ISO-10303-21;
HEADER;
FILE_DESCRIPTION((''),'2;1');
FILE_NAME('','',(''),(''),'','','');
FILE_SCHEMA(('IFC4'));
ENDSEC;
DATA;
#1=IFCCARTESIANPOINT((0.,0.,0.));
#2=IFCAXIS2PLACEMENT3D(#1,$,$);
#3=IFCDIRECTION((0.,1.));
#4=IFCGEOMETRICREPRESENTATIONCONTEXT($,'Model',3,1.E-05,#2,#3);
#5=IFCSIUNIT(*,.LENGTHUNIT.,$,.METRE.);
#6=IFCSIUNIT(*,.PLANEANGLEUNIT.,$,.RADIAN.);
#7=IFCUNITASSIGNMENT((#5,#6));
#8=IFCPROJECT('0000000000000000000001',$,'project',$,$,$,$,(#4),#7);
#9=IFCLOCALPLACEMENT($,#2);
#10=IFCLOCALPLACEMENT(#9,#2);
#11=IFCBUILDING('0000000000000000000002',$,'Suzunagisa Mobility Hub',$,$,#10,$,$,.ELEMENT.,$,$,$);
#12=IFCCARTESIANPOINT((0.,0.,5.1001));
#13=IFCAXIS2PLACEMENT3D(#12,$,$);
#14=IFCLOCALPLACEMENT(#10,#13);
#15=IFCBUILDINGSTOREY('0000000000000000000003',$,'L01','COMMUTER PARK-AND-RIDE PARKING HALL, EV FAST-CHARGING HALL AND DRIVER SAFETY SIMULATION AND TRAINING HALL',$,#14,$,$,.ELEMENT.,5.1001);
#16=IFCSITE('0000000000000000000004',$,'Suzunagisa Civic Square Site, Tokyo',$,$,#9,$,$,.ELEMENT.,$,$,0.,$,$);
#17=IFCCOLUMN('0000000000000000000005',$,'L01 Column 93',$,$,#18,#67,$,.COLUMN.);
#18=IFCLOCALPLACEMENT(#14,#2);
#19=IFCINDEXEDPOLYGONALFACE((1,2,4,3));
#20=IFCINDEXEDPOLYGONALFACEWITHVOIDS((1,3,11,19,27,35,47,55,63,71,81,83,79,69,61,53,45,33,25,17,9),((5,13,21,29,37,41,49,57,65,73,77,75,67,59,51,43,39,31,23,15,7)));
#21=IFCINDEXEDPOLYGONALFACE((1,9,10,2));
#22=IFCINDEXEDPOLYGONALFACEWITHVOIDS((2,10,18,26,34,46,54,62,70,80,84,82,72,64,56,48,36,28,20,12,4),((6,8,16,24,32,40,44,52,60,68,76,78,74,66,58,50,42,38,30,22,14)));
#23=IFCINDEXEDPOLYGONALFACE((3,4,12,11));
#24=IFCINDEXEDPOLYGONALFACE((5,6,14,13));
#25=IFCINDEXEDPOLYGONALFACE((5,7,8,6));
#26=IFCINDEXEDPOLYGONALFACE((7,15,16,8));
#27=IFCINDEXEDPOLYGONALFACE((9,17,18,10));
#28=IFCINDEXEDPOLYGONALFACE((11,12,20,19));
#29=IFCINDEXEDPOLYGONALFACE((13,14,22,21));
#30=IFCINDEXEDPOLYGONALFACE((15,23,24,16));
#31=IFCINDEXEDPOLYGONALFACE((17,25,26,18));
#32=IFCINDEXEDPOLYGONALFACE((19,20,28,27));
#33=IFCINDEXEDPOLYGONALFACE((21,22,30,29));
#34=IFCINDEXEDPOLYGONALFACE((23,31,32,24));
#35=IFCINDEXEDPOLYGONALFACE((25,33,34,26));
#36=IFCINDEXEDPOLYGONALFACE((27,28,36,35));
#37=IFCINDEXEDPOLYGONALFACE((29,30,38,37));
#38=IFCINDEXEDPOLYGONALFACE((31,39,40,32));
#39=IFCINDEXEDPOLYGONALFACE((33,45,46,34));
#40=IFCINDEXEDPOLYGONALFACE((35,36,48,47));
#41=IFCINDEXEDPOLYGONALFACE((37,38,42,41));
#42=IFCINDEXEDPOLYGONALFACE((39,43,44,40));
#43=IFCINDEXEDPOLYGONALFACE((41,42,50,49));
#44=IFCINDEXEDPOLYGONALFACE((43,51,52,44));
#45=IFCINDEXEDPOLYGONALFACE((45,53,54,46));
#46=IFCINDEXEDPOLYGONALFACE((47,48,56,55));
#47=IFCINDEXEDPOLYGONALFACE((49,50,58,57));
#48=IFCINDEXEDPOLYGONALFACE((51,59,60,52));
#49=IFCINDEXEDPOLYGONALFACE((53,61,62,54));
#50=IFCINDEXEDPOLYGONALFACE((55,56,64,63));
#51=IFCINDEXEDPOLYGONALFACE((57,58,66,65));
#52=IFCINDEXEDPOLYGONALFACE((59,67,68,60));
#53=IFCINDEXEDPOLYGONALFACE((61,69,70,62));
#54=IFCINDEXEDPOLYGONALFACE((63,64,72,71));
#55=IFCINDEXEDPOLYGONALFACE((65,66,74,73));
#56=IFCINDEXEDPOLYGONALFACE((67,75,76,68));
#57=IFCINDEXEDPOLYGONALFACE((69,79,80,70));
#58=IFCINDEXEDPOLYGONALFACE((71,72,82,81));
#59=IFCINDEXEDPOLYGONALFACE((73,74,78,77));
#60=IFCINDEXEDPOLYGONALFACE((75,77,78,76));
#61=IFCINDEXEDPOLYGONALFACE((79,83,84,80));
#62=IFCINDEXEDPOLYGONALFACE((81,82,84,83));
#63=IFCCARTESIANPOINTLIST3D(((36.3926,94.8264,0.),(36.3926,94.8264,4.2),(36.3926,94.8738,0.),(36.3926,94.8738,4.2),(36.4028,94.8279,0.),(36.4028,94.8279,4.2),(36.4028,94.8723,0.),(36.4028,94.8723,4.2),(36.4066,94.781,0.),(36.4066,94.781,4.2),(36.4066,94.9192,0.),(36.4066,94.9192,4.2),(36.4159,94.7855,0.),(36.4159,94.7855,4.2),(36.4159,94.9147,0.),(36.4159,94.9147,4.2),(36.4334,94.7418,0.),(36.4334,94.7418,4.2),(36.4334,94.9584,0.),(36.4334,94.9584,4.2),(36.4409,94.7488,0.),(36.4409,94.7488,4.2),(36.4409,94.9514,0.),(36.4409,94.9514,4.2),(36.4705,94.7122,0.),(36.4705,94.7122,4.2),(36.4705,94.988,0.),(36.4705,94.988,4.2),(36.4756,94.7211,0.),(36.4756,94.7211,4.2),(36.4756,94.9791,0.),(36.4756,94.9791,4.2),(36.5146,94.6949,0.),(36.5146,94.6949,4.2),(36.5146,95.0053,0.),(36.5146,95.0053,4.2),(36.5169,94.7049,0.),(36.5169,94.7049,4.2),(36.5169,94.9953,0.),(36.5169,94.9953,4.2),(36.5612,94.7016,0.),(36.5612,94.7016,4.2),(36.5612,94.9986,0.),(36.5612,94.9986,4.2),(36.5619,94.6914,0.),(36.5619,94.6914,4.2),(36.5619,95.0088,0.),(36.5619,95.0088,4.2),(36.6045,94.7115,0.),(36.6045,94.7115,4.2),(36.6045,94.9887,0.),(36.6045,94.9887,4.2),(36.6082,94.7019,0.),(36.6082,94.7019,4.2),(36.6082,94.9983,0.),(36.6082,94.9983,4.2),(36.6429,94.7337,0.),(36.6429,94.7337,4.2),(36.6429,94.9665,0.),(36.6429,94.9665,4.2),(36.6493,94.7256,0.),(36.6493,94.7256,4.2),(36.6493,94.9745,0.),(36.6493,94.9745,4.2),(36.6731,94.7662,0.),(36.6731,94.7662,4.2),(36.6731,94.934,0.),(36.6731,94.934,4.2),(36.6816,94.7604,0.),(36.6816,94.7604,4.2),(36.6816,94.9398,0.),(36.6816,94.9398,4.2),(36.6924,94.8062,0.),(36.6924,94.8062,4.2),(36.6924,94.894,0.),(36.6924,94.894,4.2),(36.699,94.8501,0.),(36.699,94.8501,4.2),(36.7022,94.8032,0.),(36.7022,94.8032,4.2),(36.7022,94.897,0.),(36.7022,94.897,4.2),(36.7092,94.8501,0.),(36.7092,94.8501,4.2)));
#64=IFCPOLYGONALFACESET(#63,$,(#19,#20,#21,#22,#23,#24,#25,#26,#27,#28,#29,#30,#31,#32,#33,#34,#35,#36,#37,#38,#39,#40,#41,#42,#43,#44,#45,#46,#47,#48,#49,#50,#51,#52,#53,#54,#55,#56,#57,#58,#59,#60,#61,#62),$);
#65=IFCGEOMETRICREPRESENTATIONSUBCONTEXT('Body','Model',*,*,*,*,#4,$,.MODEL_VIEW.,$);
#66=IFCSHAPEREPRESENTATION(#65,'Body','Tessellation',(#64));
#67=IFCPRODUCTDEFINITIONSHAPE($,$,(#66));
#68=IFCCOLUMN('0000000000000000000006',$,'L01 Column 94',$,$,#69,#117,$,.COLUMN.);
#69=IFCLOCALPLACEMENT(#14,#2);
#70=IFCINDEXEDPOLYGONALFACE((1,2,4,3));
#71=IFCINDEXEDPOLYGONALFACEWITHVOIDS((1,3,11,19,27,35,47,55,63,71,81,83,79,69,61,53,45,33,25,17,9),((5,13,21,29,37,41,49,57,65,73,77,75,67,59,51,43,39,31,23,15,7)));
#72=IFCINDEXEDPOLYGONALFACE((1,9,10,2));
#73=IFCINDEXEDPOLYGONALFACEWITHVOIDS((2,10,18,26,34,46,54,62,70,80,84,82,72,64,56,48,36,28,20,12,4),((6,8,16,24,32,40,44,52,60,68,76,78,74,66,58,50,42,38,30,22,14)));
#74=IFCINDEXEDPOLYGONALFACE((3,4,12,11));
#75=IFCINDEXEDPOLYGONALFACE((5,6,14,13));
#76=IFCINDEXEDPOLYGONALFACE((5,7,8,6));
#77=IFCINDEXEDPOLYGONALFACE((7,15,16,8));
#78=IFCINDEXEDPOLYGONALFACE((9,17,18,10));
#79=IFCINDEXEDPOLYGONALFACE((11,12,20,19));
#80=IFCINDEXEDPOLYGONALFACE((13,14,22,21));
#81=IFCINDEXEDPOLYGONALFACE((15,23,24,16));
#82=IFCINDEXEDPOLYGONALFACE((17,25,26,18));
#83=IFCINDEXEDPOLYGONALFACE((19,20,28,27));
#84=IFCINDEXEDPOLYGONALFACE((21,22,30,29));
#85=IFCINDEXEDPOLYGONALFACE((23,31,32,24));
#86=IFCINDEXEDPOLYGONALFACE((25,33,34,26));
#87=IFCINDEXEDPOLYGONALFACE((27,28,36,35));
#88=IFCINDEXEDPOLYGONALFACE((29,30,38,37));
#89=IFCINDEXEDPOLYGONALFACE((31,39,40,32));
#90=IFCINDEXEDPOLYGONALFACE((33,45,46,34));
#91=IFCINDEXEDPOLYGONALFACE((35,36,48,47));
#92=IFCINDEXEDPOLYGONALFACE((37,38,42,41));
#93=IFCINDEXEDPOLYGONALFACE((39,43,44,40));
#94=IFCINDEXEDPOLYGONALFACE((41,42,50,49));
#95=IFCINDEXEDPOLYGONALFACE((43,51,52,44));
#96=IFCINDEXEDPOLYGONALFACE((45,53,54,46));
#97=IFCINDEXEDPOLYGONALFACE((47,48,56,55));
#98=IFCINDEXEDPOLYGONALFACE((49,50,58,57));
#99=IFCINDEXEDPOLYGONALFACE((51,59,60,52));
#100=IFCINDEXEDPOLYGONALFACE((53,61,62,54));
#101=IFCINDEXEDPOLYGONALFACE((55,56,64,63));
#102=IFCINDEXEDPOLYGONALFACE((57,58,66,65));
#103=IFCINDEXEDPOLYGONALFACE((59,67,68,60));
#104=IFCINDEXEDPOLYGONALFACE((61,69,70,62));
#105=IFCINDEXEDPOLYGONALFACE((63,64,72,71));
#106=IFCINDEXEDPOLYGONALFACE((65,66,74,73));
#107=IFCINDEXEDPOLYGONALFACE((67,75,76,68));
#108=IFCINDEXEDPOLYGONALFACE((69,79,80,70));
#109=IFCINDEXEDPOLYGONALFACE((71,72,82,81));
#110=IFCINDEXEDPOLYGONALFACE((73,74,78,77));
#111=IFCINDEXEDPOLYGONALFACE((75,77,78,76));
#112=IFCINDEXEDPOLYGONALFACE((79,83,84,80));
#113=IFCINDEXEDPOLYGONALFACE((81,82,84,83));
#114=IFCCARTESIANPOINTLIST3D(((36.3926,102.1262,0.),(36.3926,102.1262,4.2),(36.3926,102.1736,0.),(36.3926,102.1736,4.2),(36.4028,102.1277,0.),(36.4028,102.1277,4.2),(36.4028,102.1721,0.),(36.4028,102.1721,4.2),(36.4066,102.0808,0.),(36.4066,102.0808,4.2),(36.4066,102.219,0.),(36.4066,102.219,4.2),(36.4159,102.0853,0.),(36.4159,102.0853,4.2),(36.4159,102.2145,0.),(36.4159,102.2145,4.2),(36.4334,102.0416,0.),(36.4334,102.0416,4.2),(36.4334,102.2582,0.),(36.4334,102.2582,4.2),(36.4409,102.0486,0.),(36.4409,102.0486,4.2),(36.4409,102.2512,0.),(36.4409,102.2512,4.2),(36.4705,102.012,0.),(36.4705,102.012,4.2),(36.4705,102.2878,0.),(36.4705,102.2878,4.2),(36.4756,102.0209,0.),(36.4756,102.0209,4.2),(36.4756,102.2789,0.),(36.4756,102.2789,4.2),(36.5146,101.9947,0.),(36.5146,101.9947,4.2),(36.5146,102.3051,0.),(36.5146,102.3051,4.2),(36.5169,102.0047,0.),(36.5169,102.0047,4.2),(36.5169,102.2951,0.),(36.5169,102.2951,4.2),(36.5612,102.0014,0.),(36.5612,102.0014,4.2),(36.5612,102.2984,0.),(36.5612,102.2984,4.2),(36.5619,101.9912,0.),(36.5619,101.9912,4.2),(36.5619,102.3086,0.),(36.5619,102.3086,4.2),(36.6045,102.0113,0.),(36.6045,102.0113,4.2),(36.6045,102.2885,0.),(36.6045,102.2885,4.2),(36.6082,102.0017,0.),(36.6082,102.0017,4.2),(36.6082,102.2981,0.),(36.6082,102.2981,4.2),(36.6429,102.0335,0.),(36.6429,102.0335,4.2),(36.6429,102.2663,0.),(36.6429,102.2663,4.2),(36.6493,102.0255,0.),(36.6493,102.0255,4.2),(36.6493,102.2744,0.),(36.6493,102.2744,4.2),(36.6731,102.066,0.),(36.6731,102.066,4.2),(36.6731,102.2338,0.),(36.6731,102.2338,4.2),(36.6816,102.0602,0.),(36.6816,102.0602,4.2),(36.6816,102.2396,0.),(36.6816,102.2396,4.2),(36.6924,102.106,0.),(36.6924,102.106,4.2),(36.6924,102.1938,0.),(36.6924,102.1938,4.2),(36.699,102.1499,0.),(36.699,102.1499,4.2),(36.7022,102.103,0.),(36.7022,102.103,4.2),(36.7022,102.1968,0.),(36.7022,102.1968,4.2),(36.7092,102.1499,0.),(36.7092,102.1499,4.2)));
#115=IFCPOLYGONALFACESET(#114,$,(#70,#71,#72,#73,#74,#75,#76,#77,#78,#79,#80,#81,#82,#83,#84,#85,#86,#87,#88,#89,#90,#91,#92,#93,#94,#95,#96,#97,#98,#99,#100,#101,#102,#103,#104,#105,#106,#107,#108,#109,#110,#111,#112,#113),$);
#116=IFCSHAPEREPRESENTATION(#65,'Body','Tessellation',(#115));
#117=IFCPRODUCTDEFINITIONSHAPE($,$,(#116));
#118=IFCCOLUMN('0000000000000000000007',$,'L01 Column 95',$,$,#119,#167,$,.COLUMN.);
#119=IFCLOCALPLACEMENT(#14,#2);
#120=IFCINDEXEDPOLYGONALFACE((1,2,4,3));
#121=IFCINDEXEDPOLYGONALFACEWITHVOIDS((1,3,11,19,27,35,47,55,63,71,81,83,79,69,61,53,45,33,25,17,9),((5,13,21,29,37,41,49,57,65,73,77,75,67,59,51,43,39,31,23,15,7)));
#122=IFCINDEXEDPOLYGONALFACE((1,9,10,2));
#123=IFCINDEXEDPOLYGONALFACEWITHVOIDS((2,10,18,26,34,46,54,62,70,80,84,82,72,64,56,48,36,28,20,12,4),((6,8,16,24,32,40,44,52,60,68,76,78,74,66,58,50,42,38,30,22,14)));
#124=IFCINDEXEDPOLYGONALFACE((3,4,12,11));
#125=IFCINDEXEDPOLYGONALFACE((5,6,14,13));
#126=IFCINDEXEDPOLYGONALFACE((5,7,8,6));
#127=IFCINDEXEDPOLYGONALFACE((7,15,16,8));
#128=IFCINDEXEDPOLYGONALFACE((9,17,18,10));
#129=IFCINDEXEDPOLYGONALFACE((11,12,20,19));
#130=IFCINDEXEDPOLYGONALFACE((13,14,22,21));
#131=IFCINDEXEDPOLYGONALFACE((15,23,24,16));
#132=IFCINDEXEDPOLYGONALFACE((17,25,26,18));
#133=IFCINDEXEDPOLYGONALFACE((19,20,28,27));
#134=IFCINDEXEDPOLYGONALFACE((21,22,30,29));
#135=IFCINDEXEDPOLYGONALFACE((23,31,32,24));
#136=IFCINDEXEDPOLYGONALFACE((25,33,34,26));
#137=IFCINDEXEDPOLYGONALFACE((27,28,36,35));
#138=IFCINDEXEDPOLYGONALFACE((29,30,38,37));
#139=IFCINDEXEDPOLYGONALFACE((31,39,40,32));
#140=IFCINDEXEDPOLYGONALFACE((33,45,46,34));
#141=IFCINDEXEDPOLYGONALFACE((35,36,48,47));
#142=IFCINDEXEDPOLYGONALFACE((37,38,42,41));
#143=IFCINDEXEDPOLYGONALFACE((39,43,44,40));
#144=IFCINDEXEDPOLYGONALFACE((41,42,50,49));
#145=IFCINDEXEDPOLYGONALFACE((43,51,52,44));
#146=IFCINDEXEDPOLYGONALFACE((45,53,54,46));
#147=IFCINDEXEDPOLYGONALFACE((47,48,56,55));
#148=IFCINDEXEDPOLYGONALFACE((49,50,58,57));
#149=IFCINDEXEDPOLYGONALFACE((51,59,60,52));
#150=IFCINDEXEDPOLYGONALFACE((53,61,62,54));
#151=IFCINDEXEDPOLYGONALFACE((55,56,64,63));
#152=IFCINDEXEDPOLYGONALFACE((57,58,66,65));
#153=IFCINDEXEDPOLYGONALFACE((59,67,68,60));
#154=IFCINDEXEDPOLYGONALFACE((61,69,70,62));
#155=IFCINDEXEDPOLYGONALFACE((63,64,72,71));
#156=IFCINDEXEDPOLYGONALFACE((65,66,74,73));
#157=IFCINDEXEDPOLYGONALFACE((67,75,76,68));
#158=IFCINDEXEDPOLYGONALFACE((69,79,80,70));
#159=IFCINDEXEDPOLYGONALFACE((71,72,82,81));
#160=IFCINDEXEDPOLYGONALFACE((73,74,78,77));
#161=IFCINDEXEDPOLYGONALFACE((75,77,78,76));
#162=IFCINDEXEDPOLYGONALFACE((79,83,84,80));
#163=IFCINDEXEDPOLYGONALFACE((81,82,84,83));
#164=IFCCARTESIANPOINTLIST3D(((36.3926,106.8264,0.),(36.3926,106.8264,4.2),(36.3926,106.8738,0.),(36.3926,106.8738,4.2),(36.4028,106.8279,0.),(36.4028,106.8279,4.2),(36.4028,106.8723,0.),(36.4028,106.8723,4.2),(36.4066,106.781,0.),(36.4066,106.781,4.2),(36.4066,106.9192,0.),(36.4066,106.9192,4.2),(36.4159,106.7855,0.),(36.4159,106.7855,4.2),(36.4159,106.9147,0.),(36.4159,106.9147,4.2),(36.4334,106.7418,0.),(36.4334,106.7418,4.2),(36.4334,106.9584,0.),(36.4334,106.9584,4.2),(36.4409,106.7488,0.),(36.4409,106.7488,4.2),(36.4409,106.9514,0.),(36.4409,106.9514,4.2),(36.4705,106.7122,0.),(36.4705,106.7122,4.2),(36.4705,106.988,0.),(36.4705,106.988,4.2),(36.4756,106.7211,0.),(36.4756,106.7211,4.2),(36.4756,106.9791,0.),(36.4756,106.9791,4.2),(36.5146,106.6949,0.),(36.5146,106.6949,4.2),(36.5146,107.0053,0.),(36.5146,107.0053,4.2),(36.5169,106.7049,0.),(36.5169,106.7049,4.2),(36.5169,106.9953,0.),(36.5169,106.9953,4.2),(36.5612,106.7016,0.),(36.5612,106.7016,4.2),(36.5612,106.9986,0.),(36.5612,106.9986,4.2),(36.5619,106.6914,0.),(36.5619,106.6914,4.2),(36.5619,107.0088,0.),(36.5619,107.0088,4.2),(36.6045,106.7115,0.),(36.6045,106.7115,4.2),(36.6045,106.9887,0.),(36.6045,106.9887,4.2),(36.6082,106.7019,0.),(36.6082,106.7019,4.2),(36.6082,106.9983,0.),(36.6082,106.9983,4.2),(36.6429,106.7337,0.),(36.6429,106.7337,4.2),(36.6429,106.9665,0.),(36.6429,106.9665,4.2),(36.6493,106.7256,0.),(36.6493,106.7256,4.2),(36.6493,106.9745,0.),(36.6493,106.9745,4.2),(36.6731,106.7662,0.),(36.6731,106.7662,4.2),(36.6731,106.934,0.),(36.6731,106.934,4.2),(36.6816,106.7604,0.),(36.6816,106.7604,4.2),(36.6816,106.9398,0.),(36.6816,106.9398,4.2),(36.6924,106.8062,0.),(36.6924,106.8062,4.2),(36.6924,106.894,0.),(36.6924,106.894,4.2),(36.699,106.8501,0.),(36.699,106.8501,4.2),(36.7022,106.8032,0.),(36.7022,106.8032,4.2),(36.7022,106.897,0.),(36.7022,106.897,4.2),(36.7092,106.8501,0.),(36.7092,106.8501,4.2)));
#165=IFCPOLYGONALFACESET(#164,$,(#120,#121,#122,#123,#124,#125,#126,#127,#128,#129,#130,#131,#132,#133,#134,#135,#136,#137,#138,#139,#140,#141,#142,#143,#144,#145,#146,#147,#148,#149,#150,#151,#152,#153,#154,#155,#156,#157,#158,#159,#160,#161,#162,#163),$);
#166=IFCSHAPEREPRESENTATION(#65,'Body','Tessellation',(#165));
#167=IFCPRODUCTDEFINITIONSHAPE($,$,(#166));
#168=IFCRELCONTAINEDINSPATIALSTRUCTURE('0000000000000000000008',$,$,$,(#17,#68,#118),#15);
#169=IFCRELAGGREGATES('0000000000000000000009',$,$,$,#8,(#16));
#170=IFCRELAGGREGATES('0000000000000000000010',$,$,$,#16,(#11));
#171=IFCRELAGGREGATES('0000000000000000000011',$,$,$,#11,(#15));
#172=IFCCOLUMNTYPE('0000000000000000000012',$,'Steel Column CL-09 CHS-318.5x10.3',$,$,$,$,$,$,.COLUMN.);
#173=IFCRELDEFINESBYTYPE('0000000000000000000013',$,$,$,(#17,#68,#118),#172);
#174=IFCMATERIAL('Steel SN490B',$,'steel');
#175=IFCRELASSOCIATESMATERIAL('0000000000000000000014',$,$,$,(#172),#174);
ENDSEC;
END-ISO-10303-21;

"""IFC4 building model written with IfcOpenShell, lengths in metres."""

from ifc_helpers import new_model, si_unit, direction, frame, origin, origin_2d, place, context, subcontext, project, spatial, hollow_circle, extrude, material, material_profile, profile_set, type_object, element, save


model = new_model("IFC4")

# Units and contexts
model_context = context("Model", 3, precision=1e-05, world=origin(), true_north=direction((0.0, 1.0)))
body_context = subcontext(model_context, "Body", "Model", "MODEL_VIEW")
ifc_project = project(units=[si_unit("LENGTHUNIT", "METRE"), si_unit("PLANEANGLEUNIT", "RADIAN")], contexts=[model_context])

# Site, building, storey
site_placement = place(None, origin())
site = spatial("IfcSite", under=ifc_project, at=site_placement, Name="Suzunagisa Civic Square Site, Tokyo", CompositionType="ELEMENT", RefElevation=0.0)
building_placement = place(site_placement, origin())
building = spatial("IfcBuilding", under=site, at=building_placement, Name="Suzunagisa Mobility Hub", CompositionType="ELEMENT")
storey_placement = place(building_placement, frame((0.0, 0.0, 5.1001)))
storey = spatial("IfcBuildingStorey", under=building, at=storey_placement, Name="L01", Description="COMMUTER PARK-AND-RIDE PARKING HALL, EV FAST-CHARGING HALL AND DRIVER SAFETY SIMULATION AND TRAINING HALL", CompositionType="ELEMENT", Elevation=5.1001)

# Columns
ifc_material_1 = material(Name="Steel SN490B", Category="steel")
ifc_material_profile_1 = material_profile(ifc_material_1, hollow_circle(Radius=0.1592, WallThickness=0.0103, at=origin_2d()), Name="CHS-318.5x10.3")
ifc_profile_set_1 = profile_set([ifc_material_profile_1], Name="Steel SN490B")
column_type_1 = type_object("IfcColumnType", Name="Steel Column CL-09 CHS-318.5x10.3", PredefinedType="COLUMN", material=ifc_profile_set_1)
for number, where, z_axis, x_axis, name in (
    (1, (36.55, 94.8501, 0.0), (0.0, 0.0, 1.0), (1.0, 0.0, 0.0), "L01 Column 93"),
    (2, (36.55, 102.1499, 0.0), (0.0, 0.0, 1.0), (1.0, 0.0, 0.0), "L01 Column 94"),
    (3, (36.55, 106.8501, 0.0), (0.0, 0.0, 1.0), (1.0, 0.0, 0.0), "L01 Column 95"),
):
    element("IfcColumn", number, at=place(storey_placement, frame(where, z_axis=z_axis, x_axis=x_axis)), inside=storey, type_object=column_type_1, Name=name, PredefinedType="COLUMN", context=body_context, shape_type="SweptSolid", body=[
        extrude(hollow_circle(Radius=0.1592, WallThickness=0.0103, at=origin_2d()), origin(), (0.0, 0.0, 1.0), 4.2),
    ])

save(model, "model.ifc")
